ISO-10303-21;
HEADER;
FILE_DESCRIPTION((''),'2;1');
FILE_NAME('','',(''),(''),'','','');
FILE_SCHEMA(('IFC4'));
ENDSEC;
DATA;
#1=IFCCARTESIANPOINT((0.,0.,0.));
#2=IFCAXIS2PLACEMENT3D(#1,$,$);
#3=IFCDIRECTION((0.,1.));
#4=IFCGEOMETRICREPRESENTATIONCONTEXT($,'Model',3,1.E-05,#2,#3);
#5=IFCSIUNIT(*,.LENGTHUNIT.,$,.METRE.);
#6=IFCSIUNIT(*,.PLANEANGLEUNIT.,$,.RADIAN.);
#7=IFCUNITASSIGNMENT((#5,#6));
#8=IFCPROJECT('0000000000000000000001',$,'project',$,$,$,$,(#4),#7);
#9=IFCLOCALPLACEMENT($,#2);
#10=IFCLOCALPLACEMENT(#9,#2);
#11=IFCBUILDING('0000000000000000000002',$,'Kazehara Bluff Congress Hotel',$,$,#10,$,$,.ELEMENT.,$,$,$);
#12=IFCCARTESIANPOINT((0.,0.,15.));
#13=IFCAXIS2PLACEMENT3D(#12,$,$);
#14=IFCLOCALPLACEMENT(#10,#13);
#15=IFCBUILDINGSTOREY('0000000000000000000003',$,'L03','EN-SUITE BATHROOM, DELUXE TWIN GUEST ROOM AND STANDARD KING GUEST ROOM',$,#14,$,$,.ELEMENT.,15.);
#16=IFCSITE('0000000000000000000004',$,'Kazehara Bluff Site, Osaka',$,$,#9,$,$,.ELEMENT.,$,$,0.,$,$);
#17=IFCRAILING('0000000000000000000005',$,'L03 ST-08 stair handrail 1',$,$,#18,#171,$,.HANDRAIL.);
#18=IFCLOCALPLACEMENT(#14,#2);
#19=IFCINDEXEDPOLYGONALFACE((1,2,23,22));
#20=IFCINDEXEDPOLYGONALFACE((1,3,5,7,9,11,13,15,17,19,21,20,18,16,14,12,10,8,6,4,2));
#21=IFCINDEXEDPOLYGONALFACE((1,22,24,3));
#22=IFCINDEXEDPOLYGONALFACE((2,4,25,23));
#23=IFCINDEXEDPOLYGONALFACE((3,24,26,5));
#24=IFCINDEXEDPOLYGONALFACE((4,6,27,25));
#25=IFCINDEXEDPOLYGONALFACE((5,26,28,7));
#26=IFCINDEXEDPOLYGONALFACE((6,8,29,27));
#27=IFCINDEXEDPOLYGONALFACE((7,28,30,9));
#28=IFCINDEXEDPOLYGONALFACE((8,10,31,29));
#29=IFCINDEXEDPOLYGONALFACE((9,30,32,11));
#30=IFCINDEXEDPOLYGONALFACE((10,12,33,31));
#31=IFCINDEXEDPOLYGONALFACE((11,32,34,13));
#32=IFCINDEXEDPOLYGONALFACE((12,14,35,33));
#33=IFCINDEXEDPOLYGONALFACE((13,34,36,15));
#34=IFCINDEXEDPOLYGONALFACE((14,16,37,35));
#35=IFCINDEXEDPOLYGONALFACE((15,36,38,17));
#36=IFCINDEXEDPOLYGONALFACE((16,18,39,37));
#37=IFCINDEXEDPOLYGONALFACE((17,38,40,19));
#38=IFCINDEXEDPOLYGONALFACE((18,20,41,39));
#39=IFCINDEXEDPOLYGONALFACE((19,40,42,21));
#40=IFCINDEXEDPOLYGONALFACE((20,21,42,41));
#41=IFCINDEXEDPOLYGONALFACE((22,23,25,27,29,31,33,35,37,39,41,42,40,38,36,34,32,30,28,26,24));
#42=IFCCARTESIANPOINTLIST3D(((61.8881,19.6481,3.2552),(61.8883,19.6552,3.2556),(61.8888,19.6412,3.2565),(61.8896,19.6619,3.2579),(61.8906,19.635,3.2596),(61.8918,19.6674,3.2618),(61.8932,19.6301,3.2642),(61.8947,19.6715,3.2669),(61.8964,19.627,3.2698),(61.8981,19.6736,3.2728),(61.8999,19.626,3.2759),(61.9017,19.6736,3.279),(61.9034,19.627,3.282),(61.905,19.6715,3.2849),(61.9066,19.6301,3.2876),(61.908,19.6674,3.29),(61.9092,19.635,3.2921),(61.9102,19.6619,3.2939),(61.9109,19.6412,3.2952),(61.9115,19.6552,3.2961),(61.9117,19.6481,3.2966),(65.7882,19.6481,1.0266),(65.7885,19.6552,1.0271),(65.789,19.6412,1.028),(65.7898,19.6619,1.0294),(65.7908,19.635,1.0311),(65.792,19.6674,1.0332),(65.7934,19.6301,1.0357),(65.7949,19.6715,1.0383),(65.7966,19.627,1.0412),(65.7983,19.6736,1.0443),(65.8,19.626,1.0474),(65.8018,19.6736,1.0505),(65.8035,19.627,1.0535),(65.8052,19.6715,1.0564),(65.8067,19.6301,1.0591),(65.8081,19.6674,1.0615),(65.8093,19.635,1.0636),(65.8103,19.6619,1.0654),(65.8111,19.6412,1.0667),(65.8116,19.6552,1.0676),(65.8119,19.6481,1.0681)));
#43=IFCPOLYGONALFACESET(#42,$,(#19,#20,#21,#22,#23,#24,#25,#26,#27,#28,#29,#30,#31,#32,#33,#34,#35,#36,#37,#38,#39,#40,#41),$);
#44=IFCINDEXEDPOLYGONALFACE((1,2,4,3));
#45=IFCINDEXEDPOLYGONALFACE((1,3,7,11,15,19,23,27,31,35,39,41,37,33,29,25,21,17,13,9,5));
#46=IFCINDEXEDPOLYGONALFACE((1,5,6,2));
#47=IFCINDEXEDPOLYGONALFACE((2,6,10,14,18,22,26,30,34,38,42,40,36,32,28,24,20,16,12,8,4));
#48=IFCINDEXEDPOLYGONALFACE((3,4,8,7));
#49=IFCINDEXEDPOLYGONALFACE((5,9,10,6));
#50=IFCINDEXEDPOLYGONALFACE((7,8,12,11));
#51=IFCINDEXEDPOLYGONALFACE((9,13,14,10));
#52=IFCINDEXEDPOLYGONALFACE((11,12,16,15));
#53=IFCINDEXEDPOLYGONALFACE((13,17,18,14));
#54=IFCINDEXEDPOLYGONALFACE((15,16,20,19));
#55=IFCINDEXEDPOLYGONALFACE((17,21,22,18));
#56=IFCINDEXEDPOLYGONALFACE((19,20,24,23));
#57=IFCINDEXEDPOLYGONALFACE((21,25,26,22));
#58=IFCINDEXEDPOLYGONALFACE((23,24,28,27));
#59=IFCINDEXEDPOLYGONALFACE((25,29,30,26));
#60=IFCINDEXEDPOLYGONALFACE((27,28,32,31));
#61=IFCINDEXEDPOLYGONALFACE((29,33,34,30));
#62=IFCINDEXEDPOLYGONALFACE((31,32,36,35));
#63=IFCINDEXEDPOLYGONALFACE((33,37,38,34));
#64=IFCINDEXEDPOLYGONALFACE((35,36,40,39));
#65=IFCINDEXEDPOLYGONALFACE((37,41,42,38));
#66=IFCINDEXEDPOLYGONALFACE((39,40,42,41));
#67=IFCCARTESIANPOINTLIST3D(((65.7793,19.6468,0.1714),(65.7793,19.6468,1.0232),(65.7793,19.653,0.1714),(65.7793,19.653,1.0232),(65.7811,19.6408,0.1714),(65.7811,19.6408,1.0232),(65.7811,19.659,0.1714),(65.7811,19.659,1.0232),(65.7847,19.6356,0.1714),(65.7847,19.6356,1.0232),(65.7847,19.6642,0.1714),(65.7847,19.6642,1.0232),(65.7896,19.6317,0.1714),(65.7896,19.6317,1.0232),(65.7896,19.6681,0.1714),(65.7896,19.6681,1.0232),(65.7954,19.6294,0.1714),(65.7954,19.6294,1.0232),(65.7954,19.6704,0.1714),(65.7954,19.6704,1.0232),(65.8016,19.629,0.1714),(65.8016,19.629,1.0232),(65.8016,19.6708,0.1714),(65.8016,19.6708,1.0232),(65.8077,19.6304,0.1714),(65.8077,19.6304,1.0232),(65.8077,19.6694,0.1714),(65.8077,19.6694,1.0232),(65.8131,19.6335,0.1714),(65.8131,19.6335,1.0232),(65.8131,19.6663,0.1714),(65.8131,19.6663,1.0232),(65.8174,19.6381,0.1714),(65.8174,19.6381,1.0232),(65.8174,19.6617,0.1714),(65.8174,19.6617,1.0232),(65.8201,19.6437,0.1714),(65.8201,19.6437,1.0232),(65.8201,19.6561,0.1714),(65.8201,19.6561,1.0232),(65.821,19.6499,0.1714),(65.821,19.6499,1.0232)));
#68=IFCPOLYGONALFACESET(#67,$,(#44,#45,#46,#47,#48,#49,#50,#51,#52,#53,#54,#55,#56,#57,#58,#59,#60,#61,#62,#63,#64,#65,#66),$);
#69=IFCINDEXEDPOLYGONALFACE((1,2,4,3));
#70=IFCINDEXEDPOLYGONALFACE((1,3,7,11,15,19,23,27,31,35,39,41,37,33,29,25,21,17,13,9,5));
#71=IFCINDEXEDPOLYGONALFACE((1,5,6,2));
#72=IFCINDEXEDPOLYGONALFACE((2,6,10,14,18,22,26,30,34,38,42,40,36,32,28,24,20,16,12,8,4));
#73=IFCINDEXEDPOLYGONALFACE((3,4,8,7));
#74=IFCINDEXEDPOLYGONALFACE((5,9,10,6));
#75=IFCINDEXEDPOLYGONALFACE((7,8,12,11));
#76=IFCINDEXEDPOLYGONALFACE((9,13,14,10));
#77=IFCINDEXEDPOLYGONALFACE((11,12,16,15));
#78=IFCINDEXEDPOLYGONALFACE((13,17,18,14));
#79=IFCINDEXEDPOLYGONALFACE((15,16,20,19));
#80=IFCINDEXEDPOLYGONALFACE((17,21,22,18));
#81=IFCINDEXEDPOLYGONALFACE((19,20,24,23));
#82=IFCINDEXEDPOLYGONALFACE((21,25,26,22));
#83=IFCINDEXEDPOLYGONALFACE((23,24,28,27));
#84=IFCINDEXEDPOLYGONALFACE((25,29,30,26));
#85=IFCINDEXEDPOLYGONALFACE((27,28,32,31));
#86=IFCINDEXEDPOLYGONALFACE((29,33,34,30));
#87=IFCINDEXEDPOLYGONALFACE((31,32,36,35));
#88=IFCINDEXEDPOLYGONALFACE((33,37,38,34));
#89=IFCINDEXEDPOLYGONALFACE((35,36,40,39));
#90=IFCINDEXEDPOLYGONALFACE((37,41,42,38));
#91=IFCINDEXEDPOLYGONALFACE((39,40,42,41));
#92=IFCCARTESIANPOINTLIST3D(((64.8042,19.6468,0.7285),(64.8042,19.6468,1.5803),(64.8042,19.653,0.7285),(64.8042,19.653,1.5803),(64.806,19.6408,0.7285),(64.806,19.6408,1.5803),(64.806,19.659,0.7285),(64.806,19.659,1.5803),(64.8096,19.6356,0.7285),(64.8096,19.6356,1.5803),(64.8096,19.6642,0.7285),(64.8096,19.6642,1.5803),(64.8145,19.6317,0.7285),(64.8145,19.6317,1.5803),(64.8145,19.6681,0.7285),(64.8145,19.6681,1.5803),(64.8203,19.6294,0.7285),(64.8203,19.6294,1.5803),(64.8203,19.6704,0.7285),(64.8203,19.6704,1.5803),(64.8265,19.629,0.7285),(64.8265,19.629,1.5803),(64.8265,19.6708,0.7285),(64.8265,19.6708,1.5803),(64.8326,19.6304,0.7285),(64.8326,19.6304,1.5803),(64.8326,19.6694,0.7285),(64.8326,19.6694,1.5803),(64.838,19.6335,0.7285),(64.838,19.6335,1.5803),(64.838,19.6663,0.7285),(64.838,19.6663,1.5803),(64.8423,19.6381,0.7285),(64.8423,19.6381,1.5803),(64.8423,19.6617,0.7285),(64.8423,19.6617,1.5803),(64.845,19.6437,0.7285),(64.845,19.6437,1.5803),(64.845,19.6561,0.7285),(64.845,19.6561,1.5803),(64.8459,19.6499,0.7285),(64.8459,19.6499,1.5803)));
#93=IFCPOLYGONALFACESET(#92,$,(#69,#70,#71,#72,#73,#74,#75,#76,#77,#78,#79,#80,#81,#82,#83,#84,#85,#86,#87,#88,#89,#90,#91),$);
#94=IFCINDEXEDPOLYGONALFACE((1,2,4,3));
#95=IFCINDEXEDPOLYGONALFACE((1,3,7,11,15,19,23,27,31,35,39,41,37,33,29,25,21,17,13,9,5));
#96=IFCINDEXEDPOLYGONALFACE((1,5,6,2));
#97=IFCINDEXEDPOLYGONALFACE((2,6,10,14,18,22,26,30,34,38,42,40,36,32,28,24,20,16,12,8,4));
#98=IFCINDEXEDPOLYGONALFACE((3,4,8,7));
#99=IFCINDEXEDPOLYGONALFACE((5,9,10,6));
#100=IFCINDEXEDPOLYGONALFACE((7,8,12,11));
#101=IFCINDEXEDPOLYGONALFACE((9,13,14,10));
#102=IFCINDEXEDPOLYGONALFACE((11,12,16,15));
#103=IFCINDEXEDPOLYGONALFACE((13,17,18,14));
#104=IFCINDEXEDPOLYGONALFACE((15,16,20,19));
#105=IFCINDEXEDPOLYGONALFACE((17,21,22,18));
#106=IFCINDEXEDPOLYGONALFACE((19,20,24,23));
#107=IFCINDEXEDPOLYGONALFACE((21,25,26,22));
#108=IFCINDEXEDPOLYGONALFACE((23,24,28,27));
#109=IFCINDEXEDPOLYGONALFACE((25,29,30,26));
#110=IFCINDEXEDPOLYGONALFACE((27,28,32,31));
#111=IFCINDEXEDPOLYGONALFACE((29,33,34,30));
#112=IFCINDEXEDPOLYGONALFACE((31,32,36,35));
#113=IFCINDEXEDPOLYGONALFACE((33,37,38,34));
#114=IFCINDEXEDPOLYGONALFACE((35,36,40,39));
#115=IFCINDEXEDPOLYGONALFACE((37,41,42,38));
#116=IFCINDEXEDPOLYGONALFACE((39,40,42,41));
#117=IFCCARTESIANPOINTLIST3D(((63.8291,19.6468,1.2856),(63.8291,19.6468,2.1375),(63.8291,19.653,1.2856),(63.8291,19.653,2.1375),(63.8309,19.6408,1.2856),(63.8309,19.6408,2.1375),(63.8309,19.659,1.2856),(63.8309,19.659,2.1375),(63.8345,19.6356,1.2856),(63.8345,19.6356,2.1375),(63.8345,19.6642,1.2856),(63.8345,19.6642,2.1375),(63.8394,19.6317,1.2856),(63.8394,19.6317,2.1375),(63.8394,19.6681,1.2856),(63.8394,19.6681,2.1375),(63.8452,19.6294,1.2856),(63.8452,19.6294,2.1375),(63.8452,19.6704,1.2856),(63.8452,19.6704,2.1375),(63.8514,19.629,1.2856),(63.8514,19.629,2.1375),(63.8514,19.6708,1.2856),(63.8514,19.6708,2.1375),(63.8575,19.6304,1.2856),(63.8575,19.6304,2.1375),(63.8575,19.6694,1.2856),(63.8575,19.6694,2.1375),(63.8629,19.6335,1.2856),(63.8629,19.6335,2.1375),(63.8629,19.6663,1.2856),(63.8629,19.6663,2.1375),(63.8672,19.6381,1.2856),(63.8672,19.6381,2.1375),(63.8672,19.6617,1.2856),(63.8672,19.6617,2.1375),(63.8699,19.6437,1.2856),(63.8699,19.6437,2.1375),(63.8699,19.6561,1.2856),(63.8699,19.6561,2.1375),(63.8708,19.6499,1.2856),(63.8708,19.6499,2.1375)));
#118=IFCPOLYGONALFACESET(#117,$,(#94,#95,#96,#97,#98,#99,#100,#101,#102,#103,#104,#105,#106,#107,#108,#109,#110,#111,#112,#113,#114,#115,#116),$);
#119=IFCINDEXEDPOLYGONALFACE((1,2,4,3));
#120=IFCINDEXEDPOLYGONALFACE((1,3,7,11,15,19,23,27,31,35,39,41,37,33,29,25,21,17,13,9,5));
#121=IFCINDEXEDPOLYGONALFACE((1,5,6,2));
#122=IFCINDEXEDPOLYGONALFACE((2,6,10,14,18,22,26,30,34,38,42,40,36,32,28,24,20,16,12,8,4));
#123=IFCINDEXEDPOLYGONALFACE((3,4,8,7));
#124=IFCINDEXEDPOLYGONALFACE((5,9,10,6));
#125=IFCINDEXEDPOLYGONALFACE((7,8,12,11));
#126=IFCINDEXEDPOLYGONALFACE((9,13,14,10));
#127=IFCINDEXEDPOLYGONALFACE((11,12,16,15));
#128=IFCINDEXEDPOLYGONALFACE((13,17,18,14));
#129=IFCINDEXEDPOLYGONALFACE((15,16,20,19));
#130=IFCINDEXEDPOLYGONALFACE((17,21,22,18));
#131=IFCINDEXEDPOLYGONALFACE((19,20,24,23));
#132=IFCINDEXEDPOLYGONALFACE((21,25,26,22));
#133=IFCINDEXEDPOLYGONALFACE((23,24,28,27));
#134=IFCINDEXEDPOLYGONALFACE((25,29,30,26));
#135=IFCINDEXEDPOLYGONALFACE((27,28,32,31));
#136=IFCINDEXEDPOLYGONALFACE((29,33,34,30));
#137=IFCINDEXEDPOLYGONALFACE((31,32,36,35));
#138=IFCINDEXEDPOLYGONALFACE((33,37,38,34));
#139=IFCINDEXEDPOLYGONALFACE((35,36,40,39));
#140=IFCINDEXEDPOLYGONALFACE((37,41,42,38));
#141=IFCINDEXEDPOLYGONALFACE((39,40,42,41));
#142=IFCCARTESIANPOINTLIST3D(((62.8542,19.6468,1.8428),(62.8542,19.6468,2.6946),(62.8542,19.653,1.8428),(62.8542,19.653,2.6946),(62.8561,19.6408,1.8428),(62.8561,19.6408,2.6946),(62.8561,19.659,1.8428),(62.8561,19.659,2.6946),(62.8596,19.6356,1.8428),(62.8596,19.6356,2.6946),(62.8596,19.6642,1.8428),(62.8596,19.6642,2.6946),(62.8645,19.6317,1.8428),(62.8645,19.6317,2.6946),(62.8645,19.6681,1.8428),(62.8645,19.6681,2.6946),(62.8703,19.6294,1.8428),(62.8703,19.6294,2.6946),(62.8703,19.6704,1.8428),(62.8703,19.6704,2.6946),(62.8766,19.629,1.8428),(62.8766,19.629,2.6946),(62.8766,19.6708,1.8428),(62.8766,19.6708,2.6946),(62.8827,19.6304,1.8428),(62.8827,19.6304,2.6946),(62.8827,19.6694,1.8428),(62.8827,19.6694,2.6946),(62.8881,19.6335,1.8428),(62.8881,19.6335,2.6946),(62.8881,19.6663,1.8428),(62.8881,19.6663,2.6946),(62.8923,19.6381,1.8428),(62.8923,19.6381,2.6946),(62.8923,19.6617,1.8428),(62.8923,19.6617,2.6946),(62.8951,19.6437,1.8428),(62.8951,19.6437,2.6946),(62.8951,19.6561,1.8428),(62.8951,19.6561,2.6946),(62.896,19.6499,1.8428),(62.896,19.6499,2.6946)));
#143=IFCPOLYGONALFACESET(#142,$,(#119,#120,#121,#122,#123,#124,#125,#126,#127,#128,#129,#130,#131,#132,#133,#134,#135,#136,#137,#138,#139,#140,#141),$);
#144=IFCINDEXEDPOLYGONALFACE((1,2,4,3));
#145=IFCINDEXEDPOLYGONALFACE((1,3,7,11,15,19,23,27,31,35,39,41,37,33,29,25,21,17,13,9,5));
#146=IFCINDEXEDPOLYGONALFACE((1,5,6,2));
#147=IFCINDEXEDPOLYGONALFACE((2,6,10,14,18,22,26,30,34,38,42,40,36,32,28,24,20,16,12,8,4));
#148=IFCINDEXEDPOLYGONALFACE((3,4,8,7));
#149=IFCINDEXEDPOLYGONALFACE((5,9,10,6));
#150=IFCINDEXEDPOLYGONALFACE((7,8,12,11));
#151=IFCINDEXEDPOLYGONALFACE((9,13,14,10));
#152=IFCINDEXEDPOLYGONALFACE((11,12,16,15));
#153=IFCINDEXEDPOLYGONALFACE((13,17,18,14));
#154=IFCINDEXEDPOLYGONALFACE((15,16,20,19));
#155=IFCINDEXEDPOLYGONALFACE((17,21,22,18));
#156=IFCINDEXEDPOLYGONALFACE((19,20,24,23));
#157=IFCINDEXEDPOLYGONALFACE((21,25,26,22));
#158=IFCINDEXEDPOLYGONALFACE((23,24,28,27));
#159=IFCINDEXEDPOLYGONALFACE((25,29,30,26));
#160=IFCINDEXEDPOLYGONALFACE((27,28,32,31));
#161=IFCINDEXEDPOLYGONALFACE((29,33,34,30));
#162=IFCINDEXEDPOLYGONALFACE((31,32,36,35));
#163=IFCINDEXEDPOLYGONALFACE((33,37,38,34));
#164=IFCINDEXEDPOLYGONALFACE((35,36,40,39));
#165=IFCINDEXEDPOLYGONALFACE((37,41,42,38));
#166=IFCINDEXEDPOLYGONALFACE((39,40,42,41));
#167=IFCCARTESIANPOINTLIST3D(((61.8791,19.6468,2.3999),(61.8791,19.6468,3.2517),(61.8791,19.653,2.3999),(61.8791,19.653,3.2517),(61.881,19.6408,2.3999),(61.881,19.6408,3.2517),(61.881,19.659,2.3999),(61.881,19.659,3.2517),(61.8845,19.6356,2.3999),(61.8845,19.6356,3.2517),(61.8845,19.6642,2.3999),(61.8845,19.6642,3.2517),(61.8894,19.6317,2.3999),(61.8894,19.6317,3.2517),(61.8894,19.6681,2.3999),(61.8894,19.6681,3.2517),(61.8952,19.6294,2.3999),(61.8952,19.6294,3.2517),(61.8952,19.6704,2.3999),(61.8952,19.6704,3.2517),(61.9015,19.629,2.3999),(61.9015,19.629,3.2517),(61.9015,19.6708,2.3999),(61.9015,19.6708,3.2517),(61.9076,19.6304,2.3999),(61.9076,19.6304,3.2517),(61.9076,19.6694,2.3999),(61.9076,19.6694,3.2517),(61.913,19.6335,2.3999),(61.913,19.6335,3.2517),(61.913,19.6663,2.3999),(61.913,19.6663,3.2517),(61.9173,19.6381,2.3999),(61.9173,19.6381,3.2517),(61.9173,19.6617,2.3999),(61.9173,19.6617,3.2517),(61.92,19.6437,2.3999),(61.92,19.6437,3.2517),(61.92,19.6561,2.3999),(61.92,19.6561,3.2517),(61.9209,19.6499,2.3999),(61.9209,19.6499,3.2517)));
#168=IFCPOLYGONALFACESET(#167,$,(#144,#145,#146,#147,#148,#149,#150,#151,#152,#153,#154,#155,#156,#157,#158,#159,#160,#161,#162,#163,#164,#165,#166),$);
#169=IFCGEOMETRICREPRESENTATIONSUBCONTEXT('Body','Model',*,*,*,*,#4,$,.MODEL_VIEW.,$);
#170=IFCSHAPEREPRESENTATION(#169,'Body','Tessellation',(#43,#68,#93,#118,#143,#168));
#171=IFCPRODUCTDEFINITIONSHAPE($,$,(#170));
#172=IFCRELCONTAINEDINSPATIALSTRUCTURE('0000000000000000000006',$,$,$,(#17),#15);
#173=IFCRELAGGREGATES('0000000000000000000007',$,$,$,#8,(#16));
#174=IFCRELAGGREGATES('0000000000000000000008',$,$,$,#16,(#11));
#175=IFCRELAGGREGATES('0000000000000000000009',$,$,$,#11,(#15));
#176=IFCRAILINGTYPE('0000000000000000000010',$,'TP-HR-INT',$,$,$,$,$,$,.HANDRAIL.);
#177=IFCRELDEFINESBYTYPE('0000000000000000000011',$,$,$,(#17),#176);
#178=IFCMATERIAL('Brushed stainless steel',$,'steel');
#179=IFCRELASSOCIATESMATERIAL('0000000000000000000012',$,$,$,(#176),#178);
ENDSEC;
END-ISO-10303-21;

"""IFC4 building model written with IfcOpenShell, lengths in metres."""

from ifc_helpers import new_model, si_unit, direction, frame, origin, origin_2d, place, context, subcontext, project, spatial, circle, extrude, material, type_object, element, save


model = new_model("IFC4")

# Units and contexts
model_context = context("Model", 3, precision=1e-05, world=origin(), true_north=direction((0.0, 1.0)))
body_context = subcontext(model_context, "Body", "Model", "MODEL_VIEW")
ifc_project = project(units=[si_unit("LENGTHUNIT", "METRE"), si_unit("PLANEANGLEUNIT", "RADIAN")], contexts=[model_context])

# Site, building, storey
site_placement = place(None, origin())
site = spatial("IfcSite", under=ifc_project, at=site_placement, Name="Kazehara Bluff Site, Osaka", CompositionType="ELEMENT", RefElevation=0.0)
building_placement = place(site_placement, origin())
building = spatial("IfcBuilding", under=site, at=building_placement, Name="Kazehara Bluff Congress Hotel", CompositionType="ELEMENT")
storey_placement = place(building_placement, frame((0.0, 0.0, 15.0)))
storey = spatial("IfcBuildingStorey", under=building, at=storey_placement, Name="L03", Description="EN-SUITE BATHROOM, DELUXE TWIN GUEST ROOM AND STANDARD KING GUEST ROOM", CompositionType="ELEMENT", Elevation=15.0)

# Railing
ifc_material_1 = material(Name="Brushed stainless steel", Category="steel")
railing_type_1 = type_object("IfcRailingType", Name="TP-HR-INT", PredefinedType="HANDRAIL", material=ifc_material_1)
railing_1_placement = place(storey_placement, frame((65.8, 19.6499, 0.1714)))
element("IfcRailing", 1, at=railing_1_placement, inside=storey, type_object=railing_type_1, Name="L03 ST-08 stair handrail 1", PredefinedType="HANDRAIL", context=body_context, shape_type="SweptSolid", body=[
    extrude(circle(Radius=0.0239, at=origin_2d()), frame((0.0, 0.0, 0.876), z_axis=(-0.868257, 0.0, 0.496116), x_axis=(0.0, -1.0, 0.0)), (0.0, 0.0, 1.0), 4.4919),
    extrude(circle(Radius=0.021, at=origin_2d()), origin(), (0.0, 0.0, 1.0), 0.8518),
    extrude(circle(Radius=0.021, at=origin_2d()), frame((-0.9751, 0.0, 0.5571)), (0.0, 0.0, 1.0), 0.8518),
    extrude(circle(Radius=0.021, at=origin_2d()), frame((-1.9502, 0.0, 1.1143)), (0.0, 0.0, 1.0), 0.8518),
    extrude(circle(Radius=0.021, at=origin_2d()), frame((-2.925, 0.0, 1.6714)), (0.0, 0.0, 1.0), 0.8518),
    extrude(circle(Radius=0.021, at=origin_2d()), frame((-3.9001, 0.0, 2.2285)), (0.0, 0.0, 1.0), 0.8518),
])

save(model, "model.ifc")
